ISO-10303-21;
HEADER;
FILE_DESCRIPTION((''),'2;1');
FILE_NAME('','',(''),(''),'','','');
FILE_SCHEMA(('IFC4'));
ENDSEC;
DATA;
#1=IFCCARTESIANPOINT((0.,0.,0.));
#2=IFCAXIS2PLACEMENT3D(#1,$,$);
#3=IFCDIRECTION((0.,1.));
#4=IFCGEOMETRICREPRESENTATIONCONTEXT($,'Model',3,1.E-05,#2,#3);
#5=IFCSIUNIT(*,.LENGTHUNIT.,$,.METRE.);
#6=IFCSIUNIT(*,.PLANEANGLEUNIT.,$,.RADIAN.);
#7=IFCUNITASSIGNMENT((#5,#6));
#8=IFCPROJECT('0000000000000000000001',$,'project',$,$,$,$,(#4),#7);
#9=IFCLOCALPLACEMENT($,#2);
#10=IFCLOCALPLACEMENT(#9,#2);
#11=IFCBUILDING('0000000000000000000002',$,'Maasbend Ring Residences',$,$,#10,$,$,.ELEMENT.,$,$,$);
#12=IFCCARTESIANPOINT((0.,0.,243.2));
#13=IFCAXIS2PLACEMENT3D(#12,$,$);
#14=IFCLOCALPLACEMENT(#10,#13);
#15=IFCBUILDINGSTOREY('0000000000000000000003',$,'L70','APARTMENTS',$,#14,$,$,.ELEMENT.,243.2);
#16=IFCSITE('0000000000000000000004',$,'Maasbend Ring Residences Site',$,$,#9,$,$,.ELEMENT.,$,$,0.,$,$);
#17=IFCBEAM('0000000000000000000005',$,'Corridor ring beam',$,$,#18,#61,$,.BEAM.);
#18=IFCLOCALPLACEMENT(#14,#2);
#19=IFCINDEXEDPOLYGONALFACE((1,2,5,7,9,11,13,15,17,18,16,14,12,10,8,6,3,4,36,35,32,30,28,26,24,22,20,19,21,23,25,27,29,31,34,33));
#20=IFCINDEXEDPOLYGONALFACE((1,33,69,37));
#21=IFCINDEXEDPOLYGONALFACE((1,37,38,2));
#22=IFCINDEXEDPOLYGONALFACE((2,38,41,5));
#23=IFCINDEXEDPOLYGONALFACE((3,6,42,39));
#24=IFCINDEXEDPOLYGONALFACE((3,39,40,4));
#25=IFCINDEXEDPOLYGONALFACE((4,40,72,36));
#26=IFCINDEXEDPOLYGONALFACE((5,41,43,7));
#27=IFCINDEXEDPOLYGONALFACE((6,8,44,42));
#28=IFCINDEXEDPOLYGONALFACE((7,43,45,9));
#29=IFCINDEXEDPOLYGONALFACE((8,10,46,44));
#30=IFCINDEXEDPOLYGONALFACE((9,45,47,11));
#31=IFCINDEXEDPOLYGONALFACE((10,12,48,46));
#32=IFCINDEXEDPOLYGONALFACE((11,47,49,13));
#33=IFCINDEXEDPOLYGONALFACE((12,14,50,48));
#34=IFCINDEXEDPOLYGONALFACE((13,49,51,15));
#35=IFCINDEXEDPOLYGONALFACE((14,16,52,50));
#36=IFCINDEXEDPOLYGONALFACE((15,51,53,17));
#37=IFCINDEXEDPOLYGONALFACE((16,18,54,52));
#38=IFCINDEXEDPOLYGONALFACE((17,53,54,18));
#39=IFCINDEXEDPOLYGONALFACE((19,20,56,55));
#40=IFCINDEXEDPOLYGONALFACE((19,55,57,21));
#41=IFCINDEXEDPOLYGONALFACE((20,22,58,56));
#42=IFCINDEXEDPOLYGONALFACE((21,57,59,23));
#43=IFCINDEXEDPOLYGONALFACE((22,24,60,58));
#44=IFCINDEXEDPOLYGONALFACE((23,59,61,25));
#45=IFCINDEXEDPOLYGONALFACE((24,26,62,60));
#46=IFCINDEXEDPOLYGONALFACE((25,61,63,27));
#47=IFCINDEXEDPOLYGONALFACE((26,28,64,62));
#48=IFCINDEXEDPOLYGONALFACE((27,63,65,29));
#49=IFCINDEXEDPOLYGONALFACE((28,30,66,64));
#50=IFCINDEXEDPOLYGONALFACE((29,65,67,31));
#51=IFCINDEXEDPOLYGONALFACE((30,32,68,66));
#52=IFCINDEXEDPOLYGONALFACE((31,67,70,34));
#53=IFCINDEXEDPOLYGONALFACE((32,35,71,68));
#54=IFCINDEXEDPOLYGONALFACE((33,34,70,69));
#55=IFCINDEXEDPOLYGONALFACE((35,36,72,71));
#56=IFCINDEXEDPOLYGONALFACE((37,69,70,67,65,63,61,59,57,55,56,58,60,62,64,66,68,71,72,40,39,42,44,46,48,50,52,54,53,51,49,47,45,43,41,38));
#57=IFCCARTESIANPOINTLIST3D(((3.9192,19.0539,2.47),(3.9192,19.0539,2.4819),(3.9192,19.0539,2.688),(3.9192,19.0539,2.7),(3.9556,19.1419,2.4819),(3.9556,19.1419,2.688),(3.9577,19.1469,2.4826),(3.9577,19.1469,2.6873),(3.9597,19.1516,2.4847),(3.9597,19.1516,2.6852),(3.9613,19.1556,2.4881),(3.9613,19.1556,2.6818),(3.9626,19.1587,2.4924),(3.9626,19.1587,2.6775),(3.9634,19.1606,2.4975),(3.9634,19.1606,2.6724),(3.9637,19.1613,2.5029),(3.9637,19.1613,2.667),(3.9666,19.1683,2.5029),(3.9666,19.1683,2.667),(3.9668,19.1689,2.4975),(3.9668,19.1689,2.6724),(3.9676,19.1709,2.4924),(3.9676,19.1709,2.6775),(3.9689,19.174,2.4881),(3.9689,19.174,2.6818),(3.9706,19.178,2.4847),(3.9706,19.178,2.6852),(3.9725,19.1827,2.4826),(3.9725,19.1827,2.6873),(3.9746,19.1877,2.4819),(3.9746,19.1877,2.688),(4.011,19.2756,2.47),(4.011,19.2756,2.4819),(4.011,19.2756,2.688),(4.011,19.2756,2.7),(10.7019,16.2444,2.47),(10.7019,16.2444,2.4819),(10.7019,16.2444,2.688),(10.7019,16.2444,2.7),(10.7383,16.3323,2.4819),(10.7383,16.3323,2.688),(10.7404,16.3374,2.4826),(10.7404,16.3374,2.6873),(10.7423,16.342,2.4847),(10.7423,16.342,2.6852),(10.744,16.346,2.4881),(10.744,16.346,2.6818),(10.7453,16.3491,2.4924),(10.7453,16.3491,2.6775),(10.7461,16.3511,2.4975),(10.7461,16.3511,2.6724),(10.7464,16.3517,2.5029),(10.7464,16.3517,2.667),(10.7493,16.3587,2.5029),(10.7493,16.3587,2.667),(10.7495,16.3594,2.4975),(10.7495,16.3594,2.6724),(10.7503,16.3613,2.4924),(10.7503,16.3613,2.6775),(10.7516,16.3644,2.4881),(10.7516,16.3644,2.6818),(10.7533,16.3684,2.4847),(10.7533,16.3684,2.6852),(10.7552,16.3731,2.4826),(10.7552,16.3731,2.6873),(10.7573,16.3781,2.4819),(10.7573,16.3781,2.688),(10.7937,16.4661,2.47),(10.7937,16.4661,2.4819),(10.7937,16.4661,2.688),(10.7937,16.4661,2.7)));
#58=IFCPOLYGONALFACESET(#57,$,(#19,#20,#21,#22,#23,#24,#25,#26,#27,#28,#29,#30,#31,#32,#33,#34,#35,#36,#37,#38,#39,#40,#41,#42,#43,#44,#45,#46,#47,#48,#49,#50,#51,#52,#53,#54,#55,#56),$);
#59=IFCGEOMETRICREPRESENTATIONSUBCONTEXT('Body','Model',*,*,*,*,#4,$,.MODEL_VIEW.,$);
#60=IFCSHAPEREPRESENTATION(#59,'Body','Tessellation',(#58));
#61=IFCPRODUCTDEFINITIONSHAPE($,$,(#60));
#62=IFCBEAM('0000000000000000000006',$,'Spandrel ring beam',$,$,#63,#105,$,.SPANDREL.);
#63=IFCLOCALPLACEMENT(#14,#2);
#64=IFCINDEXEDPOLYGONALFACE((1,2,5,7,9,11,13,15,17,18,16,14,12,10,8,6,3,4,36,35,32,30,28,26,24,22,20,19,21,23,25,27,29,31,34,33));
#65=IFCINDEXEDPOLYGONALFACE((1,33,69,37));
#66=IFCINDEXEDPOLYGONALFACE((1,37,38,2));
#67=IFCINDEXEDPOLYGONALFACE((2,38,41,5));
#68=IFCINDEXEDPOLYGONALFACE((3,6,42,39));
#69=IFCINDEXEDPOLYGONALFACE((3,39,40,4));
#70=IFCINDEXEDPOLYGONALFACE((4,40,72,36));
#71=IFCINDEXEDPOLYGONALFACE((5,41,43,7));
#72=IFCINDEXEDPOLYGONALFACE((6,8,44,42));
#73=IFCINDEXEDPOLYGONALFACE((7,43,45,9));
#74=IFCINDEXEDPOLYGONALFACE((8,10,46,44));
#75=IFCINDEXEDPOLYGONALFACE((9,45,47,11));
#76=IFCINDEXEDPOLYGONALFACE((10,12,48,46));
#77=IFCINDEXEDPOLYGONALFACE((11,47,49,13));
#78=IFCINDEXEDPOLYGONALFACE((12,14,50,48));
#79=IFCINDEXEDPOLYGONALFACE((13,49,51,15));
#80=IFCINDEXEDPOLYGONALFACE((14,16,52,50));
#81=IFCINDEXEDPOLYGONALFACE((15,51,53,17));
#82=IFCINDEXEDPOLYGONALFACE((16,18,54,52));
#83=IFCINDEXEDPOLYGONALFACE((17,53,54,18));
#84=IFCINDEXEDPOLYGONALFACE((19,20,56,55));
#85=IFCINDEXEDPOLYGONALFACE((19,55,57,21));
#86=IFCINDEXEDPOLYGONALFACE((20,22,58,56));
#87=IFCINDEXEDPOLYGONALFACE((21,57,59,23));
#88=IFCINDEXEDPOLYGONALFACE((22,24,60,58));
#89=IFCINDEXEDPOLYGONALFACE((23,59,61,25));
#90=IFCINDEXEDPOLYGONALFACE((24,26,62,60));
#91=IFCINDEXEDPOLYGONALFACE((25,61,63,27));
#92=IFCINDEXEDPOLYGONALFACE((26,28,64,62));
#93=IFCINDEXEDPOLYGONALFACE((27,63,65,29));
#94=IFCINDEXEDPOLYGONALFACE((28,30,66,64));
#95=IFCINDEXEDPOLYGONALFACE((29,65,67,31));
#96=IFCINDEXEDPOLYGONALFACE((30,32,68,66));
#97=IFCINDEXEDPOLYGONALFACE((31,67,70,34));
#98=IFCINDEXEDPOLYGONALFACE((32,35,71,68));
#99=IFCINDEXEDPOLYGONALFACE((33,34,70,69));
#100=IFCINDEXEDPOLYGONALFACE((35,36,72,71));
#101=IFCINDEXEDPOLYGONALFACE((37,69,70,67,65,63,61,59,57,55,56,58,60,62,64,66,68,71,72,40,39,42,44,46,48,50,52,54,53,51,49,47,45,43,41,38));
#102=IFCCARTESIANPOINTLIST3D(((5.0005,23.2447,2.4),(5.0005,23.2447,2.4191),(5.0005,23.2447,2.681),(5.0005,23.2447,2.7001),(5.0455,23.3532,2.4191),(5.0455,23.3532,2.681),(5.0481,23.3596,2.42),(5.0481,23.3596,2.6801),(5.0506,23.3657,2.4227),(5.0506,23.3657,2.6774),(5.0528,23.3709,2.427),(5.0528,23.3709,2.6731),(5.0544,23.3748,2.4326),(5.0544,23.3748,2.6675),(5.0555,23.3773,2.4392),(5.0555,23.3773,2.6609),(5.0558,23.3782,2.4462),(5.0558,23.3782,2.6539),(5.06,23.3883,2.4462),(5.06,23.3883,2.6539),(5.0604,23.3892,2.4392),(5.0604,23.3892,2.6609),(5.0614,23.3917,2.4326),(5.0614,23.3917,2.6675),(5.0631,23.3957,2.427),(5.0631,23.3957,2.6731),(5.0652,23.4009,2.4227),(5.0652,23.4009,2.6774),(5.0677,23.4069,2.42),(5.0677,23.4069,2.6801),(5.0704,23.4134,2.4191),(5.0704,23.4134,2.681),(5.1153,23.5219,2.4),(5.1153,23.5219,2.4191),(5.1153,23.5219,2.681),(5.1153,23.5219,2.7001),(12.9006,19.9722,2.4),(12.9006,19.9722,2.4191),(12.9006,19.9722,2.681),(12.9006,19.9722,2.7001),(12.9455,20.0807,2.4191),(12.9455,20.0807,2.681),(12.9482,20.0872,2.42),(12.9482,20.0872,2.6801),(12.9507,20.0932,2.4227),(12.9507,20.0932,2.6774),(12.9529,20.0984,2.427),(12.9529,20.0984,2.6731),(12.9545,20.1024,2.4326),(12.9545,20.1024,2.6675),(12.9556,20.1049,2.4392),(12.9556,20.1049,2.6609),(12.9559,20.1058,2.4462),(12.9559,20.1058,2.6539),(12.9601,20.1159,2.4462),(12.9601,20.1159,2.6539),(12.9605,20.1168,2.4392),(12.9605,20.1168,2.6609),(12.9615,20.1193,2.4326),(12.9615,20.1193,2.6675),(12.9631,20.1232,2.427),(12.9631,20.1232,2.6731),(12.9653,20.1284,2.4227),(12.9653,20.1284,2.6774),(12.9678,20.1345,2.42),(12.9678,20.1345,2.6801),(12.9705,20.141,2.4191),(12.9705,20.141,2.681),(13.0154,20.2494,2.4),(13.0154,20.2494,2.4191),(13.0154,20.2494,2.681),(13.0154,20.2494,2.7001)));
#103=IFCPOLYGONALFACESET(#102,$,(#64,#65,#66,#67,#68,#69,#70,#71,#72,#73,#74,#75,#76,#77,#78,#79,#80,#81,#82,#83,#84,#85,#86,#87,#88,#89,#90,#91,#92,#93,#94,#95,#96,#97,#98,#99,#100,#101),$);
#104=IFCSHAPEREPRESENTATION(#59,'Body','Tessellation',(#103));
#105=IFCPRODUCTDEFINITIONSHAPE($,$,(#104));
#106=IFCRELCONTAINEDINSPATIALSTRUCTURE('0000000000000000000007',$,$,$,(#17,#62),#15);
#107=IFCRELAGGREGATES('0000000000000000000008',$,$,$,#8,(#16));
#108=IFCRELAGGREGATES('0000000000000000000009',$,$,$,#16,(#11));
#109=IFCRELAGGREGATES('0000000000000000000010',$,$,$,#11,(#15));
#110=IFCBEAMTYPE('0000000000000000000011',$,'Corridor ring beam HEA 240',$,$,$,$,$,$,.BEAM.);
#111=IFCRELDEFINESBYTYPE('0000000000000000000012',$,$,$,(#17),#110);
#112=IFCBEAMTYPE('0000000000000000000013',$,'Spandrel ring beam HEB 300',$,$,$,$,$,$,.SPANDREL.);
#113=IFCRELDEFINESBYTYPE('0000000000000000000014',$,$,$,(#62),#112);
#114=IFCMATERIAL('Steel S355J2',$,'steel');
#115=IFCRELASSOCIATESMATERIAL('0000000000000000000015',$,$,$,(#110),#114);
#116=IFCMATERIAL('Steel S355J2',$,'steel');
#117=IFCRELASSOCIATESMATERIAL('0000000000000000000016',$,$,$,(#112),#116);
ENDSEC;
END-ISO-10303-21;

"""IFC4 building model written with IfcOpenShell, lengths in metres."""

from ifc_helpers import new_model, si_unit, direction, frame, origin, origin_2d, place, context, subcontext, project, spatial, i_section, extrude, material, material_profile, profile_set, type_object, element, save


model = new_model("IFC4")

# Units and contexts
model_context = context("Model", 3, precision=1e-05, world=origin(), true_north=direction((0.0, 1.0)))
body_context = subcontext(model_context, "Body", "Model", "MODEL_VIEW")
ifc_project = project(units=[si_unit("LENGTHUNIT", "METRE"), si_unit("PLANEANGLEUNIT", "RADIAN")], contexts=[model_context])

# Site, building, storey
site_placement = place(None, origin())
site = spatial("IfcSite", under=ifc_project, at=site_placement, Name="Maasbend Ring Residences Site", CompositionType="ELEMENT", RefElevation=0.0)
building_placement = place(site_placement, origin())
building = spatial("IfcBuilding", under=site, at=building_placement, Name="Maasbend Ring Residences", CompositionType="ELEMENT")
storey_placement = place(building_placement, frame((0.0, 0.0, 243.2)))
storey = spatial("IfcBuildingStorey", under=building, at=storey_placement, Name="L70", Description="APARTMENTS", CompositionType="ELEMENT", Elevation=243.2)

# Beams
ifc_material_1 = material(Name="Steel S355J2", Category="steel")
ifc_material_profile_1 = material_profile(ifc_material_1, i_section(OverallWidth=0.24, OverallDepth=0.23, WebThickness=0.0076, FlangeThickness=0.012, FilletRadius=0.021, at=origin_2d()), Name="HEA 240")
ifc_profile_set_1 = profile_set([ifc_material_profile_1], Name="Steel S355J2")
beam_type_1 = type_object("IfcBeamType", Name="Corridor ring beam HEA 240", PredefinedType="BEAM", material=ifc_profile_set_1)
beam_1_placement = place(storey_placement, frame((10.7478, 16.3552, 2.585), z_axis=(-0.923876, 0.382692, 0.0), x_axis=(-0.382692, -0.923876, 0.0)))
element("IfcBeam", 1, at=beam_1_placement, inside=storey, type_object=beam_type_1, Name="Corridor ring beam", PredefinedType="BEAM", context=body_context, shape_type="SweptSolid", body=[
    extrude(i_section(OverallWidth=0.24, OverallDepth=0.23, WebThickness=0.0076, FlangeThickness=0.012, FilletRadius=0.021, at=origin_2d()), origin(), (0.0, 0.0, 1.0), 7.3416),
])
ifc_material_2 = material(Name="Steel S355J2", Category="steel")
ifc_material_profile_2 = material_profile(ifc_material_2, i_section(OverallWidth=0.3, OverallDepth=0.3, WebThickness=0.011, FlangeThickness=0.019, FilletRadius=0.0271, at=origin_2d()), Name="HEB 300")
ifc_profile_set_2 = profile_set([ifc_material_profile_2], Name="Steel S355J2")
beam_type_2 = type_object("IfcBeamType", Name="Spandrel ring beam HEB 300", PredefinedType="SPANDREL", material=ifc_profile_set_2)
beam_2_placement = place(storey_placement, frame((12.958, 20.1108, 2.55), z_axis=(-0.923875, 0.382695, 0.0), x_axis=(-0.382695, -0.923875, 0.0)))
element("IfcBeam", 2, at=beam_2_placement, inside=storey, type_object=beam_type_2, Name="Spandrel ring beam", PredefinedType="SPANDREL", context=body_context, shape_type="SweptSolid", body=[
    extrude(i_section(OverallWidth=0.3, OverallDepth=0.3, WebThickness=0.011, FlangeThickness=0.019, FilletRadius=0.0271, at=origin_2d()), origin(), (0.0, 0.0, 1.0), 8.551),
])

save(model, "model.ifc")
